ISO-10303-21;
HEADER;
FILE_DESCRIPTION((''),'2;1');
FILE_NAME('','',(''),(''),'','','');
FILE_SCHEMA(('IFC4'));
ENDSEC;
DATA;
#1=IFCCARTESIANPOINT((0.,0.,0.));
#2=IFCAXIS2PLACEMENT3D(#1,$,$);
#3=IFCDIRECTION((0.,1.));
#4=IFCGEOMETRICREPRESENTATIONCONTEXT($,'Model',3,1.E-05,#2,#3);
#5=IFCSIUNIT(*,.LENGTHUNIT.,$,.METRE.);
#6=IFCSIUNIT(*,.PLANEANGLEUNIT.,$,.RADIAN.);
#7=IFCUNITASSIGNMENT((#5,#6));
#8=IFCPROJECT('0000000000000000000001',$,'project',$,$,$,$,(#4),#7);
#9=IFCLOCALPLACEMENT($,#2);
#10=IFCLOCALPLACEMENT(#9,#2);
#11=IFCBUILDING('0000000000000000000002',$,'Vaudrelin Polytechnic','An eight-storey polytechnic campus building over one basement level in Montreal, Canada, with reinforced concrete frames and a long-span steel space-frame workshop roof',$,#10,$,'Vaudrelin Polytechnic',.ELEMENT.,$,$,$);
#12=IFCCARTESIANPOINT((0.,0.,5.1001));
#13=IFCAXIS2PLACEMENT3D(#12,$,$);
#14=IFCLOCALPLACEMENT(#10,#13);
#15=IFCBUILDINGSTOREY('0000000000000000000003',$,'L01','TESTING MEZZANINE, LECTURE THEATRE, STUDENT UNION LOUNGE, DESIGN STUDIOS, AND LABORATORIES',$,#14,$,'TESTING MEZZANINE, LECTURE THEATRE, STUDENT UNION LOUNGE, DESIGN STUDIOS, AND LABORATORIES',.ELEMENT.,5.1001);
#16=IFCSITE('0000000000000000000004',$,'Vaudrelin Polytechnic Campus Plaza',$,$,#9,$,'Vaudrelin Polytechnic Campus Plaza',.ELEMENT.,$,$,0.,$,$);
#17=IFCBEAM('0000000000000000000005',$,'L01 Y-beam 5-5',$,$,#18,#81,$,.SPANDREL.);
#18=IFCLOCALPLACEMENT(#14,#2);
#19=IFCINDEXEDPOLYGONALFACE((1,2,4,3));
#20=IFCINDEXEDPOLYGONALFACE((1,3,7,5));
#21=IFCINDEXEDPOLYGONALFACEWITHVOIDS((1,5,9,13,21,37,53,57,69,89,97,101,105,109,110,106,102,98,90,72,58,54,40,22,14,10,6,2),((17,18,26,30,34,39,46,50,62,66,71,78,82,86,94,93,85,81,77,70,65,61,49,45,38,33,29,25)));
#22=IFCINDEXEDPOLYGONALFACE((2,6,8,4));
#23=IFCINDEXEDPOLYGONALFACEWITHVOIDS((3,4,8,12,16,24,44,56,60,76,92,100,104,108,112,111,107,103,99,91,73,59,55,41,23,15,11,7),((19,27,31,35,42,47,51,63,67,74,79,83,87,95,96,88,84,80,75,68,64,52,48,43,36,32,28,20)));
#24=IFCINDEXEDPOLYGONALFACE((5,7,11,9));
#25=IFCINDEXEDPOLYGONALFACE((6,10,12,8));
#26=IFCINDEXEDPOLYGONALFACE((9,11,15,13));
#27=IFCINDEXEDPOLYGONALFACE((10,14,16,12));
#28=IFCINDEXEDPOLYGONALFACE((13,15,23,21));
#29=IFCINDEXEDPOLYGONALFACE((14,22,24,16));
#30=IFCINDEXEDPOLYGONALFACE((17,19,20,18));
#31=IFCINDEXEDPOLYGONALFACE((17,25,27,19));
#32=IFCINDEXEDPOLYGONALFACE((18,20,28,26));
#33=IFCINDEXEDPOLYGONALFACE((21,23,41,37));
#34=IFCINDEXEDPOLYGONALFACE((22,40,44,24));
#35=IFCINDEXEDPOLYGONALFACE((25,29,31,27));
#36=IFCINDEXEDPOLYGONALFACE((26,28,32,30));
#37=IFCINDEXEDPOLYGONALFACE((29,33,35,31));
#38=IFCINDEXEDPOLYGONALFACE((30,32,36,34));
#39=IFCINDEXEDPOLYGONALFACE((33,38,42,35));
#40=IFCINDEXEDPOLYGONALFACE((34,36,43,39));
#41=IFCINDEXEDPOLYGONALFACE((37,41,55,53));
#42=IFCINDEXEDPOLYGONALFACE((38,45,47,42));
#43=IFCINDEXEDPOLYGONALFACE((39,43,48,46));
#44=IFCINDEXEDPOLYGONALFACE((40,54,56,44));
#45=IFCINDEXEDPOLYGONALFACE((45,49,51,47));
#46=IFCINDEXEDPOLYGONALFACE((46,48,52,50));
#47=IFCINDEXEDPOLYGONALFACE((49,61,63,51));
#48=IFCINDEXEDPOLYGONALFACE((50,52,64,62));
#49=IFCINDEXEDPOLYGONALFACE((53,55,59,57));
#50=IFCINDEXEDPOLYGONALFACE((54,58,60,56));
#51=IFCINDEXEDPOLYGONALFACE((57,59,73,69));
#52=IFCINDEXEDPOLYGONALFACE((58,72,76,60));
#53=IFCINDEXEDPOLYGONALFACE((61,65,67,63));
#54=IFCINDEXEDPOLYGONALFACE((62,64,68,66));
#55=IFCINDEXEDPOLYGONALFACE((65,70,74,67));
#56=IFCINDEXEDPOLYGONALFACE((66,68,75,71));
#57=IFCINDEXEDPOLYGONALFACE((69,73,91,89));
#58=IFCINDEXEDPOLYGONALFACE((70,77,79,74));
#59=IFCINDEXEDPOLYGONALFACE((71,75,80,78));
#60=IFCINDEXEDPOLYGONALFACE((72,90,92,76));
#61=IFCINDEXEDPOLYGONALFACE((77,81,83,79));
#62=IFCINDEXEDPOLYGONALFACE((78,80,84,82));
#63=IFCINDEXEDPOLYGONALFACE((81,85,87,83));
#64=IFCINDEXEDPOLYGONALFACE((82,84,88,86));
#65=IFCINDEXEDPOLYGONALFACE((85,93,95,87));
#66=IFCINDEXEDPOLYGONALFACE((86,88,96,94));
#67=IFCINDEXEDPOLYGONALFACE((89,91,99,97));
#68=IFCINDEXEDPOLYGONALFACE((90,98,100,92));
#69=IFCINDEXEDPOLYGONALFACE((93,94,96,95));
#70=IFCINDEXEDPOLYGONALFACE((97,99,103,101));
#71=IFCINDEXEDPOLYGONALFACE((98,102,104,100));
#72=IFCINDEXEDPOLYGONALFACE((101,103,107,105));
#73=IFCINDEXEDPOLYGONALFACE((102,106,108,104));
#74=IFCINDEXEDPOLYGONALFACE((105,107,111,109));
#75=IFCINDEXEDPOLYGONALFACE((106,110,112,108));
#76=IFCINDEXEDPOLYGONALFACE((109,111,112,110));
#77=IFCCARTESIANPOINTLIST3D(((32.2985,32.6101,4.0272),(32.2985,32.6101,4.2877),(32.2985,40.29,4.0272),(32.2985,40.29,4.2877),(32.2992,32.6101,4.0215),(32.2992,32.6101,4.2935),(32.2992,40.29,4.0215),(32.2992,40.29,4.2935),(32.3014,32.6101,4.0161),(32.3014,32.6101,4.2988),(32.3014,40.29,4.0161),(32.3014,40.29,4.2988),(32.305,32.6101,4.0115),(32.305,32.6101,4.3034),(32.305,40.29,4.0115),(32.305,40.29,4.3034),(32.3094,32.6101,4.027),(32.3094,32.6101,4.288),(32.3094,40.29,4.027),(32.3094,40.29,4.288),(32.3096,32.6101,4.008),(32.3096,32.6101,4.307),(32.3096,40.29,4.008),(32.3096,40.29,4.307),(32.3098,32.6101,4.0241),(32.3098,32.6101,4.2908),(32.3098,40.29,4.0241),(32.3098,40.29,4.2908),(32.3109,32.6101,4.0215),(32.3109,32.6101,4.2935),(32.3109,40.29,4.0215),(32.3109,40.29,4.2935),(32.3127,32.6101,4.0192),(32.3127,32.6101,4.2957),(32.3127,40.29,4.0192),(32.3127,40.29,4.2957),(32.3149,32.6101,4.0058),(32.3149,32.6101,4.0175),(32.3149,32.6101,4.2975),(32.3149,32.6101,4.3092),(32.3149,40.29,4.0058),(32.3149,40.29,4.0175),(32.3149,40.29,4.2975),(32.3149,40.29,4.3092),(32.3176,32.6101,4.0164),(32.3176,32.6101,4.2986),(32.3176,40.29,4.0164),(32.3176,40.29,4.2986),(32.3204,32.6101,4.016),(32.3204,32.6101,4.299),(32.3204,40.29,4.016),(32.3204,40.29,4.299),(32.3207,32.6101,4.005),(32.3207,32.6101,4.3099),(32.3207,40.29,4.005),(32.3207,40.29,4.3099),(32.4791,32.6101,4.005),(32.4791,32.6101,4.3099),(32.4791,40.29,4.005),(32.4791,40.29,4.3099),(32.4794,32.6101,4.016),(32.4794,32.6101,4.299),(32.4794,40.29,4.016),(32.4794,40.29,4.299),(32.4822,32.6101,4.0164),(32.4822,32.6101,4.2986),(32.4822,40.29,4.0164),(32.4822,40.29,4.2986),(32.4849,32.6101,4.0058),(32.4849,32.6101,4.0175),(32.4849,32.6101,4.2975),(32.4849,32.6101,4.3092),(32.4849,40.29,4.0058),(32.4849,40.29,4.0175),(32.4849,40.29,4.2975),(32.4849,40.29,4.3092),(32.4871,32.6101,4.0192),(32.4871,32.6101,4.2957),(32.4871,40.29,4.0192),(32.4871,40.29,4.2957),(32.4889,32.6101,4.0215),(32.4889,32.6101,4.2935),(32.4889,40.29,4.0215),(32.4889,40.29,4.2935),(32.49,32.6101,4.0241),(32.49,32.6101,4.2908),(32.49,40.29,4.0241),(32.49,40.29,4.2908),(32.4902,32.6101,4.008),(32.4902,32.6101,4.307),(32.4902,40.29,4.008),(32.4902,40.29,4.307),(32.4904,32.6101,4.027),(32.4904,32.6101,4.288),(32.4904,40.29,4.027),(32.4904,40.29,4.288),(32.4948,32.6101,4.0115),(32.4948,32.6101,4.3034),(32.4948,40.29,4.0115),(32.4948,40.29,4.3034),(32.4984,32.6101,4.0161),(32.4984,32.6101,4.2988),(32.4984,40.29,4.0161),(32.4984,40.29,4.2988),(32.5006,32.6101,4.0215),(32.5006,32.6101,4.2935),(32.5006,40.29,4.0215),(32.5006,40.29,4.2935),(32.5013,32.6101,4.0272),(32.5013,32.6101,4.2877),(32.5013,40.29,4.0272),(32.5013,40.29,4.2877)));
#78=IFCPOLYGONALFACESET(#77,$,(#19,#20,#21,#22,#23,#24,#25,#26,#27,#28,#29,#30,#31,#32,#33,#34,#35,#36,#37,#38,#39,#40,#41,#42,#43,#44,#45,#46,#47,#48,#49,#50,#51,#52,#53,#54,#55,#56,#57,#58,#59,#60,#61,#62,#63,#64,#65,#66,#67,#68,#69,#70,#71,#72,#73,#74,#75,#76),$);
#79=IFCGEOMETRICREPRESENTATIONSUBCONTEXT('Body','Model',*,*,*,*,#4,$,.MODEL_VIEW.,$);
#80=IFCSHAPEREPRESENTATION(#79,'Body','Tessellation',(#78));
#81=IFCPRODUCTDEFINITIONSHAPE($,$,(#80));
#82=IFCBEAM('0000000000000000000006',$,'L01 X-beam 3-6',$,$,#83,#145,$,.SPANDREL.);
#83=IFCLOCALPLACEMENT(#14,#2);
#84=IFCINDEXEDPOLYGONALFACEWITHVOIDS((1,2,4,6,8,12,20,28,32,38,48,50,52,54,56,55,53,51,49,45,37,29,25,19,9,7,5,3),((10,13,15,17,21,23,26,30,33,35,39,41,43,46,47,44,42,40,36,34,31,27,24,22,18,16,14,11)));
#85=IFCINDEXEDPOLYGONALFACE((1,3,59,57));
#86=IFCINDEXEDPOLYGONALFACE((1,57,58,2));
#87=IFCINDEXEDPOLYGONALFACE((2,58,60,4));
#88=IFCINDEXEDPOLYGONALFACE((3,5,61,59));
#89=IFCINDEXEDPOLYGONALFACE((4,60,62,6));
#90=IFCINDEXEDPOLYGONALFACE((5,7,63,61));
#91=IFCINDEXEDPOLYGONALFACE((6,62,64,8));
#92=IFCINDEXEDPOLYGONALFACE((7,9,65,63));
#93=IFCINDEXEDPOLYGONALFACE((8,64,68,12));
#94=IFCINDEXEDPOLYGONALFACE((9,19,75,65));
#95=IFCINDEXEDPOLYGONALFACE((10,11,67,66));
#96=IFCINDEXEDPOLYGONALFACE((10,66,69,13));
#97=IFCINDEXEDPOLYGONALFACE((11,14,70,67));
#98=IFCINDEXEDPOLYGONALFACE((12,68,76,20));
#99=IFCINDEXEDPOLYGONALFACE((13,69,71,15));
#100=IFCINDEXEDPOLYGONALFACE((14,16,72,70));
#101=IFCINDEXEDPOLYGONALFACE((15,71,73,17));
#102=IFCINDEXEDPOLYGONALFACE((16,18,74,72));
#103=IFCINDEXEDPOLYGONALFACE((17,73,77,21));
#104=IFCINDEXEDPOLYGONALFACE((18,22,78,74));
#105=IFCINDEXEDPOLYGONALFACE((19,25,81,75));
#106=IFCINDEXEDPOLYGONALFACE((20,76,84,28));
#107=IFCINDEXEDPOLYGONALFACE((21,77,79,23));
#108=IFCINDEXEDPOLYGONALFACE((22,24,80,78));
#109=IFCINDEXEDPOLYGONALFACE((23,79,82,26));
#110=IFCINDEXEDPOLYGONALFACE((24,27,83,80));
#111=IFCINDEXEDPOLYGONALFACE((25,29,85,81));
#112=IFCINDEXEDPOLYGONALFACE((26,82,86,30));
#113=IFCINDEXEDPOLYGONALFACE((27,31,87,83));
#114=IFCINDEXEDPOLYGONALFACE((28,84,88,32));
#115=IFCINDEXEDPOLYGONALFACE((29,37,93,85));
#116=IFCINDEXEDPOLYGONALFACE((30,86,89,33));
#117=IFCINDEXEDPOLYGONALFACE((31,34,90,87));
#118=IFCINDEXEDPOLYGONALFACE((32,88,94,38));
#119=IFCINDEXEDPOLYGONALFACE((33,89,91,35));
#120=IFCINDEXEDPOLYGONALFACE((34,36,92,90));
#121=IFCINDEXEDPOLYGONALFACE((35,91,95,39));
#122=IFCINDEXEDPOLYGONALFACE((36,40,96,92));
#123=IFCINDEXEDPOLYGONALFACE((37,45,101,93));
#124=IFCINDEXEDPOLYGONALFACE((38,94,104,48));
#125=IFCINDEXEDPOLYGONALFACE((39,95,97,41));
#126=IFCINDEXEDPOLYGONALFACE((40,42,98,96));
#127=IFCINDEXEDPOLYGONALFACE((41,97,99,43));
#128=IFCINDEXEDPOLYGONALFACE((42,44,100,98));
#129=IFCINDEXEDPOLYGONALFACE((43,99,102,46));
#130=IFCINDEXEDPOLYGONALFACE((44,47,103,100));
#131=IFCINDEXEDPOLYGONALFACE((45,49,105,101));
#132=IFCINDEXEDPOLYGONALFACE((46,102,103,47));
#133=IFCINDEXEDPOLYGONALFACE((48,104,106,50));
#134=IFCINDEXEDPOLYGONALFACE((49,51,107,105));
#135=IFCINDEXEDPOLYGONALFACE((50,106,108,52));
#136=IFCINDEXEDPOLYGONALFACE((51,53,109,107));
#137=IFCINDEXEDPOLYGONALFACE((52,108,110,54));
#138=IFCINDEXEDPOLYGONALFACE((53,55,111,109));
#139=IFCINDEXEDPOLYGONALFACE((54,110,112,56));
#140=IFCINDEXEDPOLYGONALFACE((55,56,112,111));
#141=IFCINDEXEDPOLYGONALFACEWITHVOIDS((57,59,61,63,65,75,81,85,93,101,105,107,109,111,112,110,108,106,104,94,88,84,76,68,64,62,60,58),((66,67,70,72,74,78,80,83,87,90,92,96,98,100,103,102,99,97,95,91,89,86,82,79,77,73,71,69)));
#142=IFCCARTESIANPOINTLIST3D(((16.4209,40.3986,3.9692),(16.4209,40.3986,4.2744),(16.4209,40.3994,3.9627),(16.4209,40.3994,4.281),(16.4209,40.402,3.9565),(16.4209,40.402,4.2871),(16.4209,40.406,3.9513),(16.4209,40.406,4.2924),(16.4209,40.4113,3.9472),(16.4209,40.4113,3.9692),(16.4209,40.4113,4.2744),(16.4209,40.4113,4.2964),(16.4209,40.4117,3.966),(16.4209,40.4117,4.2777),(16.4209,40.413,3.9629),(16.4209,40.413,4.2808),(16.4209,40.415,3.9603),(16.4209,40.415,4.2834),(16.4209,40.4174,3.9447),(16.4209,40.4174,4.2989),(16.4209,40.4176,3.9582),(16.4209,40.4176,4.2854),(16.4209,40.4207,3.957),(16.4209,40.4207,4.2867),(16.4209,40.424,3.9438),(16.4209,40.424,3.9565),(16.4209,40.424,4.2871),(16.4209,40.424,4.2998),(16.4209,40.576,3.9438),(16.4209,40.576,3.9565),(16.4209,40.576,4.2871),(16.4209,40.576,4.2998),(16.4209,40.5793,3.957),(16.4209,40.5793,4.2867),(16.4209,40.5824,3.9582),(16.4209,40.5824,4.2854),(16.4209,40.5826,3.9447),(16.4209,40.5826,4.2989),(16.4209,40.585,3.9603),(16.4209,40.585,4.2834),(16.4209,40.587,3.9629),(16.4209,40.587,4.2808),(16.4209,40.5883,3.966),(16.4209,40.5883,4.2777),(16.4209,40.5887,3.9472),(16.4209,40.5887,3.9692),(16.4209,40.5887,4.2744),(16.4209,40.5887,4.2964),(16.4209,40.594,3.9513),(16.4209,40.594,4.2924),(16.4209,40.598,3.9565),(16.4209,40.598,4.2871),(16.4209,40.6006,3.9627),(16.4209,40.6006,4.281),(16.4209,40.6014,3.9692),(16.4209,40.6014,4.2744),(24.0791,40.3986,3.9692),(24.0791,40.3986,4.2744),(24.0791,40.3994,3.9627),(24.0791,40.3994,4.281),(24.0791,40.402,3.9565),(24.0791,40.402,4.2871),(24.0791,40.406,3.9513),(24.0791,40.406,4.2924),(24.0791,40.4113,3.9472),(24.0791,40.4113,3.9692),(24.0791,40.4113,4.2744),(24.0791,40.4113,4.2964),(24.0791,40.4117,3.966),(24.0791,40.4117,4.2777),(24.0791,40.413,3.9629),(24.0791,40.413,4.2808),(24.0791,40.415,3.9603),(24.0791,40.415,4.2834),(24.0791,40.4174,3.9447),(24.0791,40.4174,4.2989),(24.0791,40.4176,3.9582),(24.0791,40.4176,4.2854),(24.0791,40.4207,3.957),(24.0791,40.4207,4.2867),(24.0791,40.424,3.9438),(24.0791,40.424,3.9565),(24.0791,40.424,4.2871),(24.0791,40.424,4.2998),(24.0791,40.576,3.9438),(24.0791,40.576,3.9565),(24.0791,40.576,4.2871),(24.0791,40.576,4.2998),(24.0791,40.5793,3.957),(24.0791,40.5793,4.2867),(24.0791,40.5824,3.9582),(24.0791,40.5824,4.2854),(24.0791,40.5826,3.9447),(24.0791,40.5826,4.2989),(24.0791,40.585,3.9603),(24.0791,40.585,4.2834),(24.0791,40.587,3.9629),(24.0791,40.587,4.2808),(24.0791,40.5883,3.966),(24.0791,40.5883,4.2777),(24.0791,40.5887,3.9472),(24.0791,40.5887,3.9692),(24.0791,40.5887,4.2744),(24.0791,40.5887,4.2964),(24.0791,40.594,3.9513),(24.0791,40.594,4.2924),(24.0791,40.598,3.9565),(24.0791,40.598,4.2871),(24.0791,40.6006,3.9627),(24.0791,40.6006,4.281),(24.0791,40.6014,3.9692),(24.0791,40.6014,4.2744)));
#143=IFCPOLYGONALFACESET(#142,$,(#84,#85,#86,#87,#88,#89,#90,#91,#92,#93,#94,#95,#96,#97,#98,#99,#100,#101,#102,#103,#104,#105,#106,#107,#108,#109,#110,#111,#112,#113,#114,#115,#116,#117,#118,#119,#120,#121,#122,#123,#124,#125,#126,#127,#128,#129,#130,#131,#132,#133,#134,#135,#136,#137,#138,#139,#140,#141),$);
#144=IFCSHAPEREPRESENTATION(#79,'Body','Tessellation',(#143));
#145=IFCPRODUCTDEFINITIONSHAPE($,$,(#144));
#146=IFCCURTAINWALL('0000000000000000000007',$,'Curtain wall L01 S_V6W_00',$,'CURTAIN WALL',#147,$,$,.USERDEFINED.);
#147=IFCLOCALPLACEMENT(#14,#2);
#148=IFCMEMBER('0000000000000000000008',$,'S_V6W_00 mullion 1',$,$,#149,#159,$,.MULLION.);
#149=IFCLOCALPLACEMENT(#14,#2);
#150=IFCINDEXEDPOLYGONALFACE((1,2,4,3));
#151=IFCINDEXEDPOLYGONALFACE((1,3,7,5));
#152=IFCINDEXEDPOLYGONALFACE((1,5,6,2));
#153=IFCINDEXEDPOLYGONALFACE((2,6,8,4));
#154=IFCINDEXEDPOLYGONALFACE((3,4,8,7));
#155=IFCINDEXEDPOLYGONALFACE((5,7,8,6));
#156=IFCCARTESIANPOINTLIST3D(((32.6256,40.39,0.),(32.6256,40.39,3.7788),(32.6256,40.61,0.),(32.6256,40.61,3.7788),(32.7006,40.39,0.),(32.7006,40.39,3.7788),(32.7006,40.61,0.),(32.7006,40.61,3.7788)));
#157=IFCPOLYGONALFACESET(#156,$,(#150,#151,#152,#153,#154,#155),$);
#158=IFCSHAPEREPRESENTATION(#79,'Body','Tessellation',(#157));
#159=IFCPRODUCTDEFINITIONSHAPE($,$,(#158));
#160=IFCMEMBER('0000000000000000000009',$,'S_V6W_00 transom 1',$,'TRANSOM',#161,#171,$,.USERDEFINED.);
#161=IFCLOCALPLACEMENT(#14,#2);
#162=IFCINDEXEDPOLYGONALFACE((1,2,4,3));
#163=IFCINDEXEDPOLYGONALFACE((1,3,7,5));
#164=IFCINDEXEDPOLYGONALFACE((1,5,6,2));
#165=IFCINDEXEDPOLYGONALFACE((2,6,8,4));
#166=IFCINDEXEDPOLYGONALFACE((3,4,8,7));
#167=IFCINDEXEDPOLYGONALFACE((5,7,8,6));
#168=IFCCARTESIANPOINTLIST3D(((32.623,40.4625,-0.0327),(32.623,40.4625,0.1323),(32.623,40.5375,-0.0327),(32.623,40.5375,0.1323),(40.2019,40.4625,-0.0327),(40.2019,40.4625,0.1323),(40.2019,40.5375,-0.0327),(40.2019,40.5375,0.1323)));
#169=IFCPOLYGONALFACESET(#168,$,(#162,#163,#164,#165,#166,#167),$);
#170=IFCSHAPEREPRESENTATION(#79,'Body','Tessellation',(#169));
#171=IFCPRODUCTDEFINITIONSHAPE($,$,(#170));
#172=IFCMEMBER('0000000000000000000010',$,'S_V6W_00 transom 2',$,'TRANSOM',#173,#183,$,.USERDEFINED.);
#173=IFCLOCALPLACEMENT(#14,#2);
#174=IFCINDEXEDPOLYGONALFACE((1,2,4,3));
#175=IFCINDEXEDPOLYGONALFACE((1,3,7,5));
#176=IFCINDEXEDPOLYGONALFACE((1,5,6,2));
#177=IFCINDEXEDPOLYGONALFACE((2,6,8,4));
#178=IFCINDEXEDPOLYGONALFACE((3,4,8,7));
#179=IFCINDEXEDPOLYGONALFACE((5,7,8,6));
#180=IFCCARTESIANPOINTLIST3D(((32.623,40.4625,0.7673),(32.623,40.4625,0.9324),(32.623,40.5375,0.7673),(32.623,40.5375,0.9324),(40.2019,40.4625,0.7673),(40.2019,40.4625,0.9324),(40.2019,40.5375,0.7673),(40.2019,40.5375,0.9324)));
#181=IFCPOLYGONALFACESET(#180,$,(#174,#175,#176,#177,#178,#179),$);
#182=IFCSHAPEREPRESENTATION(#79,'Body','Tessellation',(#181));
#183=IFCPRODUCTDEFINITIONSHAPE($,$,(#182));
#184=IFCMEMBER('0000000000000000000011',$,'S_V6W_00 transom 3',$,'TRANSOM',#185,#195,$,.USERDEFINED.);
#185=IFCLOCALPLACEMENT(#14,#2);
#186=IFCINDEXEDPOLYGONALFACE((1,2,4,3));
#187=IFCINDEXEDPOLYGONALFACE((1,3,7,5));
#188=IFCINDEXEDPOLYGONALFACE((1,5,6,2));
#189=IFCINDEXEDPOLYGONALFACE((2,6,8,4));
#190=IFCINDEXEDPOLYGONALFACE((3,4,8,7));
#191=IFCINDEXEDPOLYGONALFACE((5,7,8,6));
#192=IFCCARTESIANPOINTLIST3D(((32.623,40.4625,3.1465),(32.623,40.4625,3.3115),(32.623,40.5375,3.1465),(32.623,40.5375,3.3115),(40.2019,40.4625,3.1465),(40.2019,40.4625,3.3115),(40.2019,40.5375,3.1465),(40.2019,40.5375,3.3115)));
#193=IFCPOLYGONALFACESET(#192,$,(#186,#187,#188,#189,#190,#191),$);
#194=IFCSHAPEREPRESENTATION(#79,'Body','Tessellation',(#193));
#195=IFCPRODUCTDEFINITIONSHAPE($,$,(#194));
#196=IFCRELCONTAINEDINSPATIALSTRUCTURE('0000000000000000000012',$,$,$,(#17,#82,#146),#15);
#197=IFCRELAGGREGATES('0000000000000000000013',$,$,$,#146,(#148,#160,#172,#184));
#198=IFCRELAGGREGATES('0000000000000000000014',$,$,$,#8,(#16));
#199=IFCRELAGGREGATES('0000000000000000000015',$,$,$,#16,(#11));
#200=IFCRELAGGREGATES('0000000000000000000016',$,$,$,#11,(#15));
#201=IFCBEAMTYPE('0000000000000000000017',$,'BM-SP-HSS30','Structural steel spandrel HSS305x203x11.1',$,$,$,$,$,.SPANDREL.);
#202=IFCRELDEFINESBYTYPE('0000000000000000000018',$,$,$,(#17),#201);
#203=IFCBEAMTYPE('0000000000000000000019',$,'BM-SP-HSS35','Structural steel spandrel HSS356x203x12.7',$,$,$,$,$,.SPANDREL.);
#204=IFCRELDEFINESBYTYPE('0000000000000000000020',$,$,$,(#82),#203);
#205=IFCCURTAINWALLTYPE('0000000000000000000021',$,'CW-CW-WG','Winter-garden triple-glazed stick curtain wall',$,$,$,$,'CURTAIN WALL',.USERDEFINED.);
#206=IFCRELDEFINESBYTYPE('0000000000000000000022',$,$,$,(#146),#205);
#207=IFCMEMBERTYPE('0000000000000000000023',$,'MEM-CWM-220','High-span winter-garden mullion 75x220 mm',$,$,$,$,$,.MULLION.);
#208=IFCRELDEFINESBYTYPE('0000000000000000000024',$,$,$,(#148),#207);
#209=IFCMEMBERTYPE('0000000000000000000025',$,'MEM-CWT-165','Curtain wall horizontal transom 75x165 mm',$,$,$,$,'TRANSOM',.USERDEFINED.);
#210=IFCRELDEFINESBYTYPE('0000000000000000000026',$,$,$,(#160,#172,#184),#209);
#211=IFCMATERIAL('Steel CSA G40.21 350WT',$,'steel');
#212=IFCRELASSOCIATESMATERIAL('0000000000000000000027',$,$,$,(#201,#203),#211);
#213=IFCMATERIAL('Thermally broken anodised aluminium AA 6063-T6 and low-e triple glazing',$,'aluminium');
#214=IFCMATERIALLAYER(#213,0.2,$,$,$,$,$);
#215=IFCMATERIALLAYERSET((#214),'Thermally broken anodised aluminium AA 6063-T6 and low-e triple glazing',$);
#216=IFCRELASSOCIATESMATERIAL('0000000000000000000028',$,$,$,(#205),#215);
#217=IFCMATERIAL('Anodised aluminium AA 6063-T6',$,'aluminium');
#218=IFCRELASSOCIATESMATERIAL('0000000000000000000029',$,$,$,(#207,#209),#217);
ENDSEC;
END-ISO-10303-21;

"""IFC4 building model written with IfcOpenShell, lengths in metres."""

from ifc_helpers import new_model, si_unit, direction, frame, origin, origin_2d, place, context, subcontext, project, spatial, rectangle, hollow_rectangle, extrude, material, layer, layer_set, material_profile, profile_set, type_object, element, aggregate, save


model = new_model("IFC4")

# Units and contexts
model_context = context("Model", 3, precision=1e-05, world=origin(), true_north=direction((0.0, 1.0)))
body_context = subcontext(model_context, "Body", "Model", "MODEL_VIEW")
ifc_project = project(units=[si_unit("LENGTHUNIT", "METRE"), si_unit("PLANEANGLEUNIT", "RADIAN")], contexts=[model_context])

# Site, building, storey
site_placement = place(None, origin())
site = spatial("IfcSite", under=ifc_project, at=site_placement, Name="Vaudrelin Polytechnic Campus Plaza", LongName="Vaudrelin Polytechnic Campus Plaza", CompositionType="ELEMENT", RefElevation=0.0)
building_placement = place(site_placement, origin())
building = spatial("IfcBuilding", under=site, at=building_placement, Name="Vaudrelin Polytechnic", Description="An eight-storey polytechnic campus building over one basement level in Montreal, Canada, with reinforced concrete frames and a long-span steel space-frame workshop roof", LongName="Vaudrelin Polytechnic", CompositionType="ELEMENT")
storey_placement = place(building_placement, frame((0.0, 0.0, 5.1001)))
storey = spatial("IfcBuildingStorey", under=building, at=storey_placement, Name="L01", Description="TESTING MEZZANINE, LECTURE THEATRE, STUDENT UNION LOUNGE, DESIGN STUDIOS, AND LABORATORIES", LongName="TESTING MEZZANINE, LECTURE THEATRE, STUDENT UNION LOUNGE, DESIGN STUDIOS, AND LABORATORIES", CompositionType="ELEMENT", Elevation=5.1001)

# Beams
ifc_material_1 = material(Name="Steel CSA G40.21 350WT", Category="steel")
ifc_material_profile_1 = material_profile(ifc_material_1, hollow_rectangle(XDim=0.2029, YDim=0.3049, WallThickness=0.011, InnerFilletRadius=0.011, OuterFilletRadius=0.0222, at=origin_2d()), Name="HSS305x203x11.1")
ifc_profile_set_1 = profile_set([ifc_material_profile_1], Name="Steel CSA G40.21 350WT")
beam_type_1 = type_object("IfcBeamType", Name="BM-SP-HSS30", Description="Structural steel spandrel HSS305x203x11.1", PredefinedType="SPANDREL", material=ifc_profile_set_1)
beam_1_placement = place(storey_placement, frame((32.3999, 32.6101, 4.1575), z_axis=(0.0, 1.0, 0.0), x_axis=(-1.0, 0.0, 0.0)))
element("IfcBeam", 1, at=beam_1_placement, inside=storey, type_object=beam_type_1, Name="L01 Y-beam 5-5", PredefinedType="SPANDREL", context=body_context, shape_type="SweptSolid", body=[
    extrude(hollow_rectangle(XDim=0.2029, YDim=0.3049, WallThickness=0.011, InnerFilletRadius=0.011, OuterFilletRadius=0.0222, at=origin_2d()), origin(), (0.0, 0.0, 1.0), 7.6799),
])
ifc_material_profile_2 = material_profile(ifc_material_1, hollow_rectangle(XDim=0.2029, YDim=0.356, WallThickness=0.0127, InnerFilletRadius=0.0127, OuterFilletRadius=0.0254, at=origin_2d()), Name="HSS356x203x12.7")
ifc_profile_set_2 = profile_set([ifc_material_profile_2], Name="Steel CSA G40.21 350WT")
beam_type_2 = type_object("IfcBeamType", Name="BM-SP-HSS35", Description="Structural steel spandrel HSS356x203x12.7", PredefinedType="SPANDREL", material=ifc_profile_set_2)
beam_2_placement = place(storey_placement, frame((16.4209, 40.5, 4.1218), z_axis=(1.0, 0.0, 0.0), x_axis=(0.0, 1.0, 0.0)))
element("IfcBeam", 2, at=beam_2_placement, inside=storey, type_object=beam_type_2, Name="L01 X-beam 3-6", PredefinedType="SPANDREL", context=body_context, shape_type="SweptSolid", body=[
    extrude(hollow_rectangle(XDim=0.2029, YDim=0.356, WallThickness=0.0127, InnerFilletRadius=0.0127, OuterFilletRadius=0.0254, at=origin_2d()), origin(), (0.0, 0.0, 1.0), 7.6582),
])

# Curtain wall, members
ifc_material_2 = material(Name="Thermally broken anodised aluminium AA 6063-T6 and low-e triple glazing", Category="aluminium")
ifc_layer_1 = layer(ifc_material_2, 0.2)
ifc_layer_set_1 = layer_set([ifc_layer_1], Name="Thermally broken anodised aluminium AA 6063-T6 and low-e triple glazing")
curtain_wall_type = type_object("IfcCurtainWallType", Name="CW-CW-WG", Description="Winter-garden triple-glazed stick curtain wall", ElementType="CURTAIN WALL", PredefinedType="USERDEFINED", material=ifc_layer_set_1)
curtain_wall_placement = place(storey_placement, origin())
curtain_wall = element("IfcCurtainWall", 3, at=curtain_wall_placement, inside=storey, type_object=curtain_wall_type, Name="Curtain wall L01 S_V6W_00", ObjectType="CURTAIN WALL", PredefinedType="USERDEFINED")
ifc_material_3 = material(Name="Anodised aluminium AA 6063-T6", Category="aluminium")
ifc_material_profile_3 = material_profile(ifc_material_3, rectangle(XDim=0.075, YDim=0.22, at=origin_2d()), Name="CWM-75x220")
ifc_profile_set_3 = profile_set([ifc_material_profile_3], Name="Anodised aluminium AA 6063-T6")
member_type_1 = type_object("IfcMemberType", Name="MEM-CWM-220", Description="High-span winter-garden mullion 75x220 mm", PredefinedType="MULLION", material=ifc_profile_set_3)
member_1_placement = place(storey_placement, frame((32.6631, 40.5, 0.0), z_axis=(0.0, 0.0, 1.0), x_axis=(1.0, 0.0, 0.0)))
member_1 = element("IfcMember", 4, at=member_1_placement, type_object=member_type_1, Name="S_V6W_00 mullion 1", PredefinedType="MULLION", context=body_context, shape_type="SweptSolid", body=[
    extrude(rectangle(XDim=0.075, YDim=0.22, at=origin_2d()), origin(), (0.0, 0.0, 1.0), 3.7788),
])
ifc_material_profile_4 = material_profile(ifc_material_3, rectangle(XDim=0.075, YDim=0.165, at=origin_2d()), Name="CWT-75x165")
ifc_profile_set_4 = profile_set([ifc_material_profile_4], Name="Anodised aluminium AA 6063-T6")
member_type_2 = type_object("IfcMemberType", Name="MEM-CWT-165", Description="Curtain wall horizontal transom 75x165 mm", ElementType="TRANSOM", PredefinedType="USERDEFINED", material=ifc_profile_set_4)
member_2_placement = place(storey_placement, frame((32.623, 40.5, 0.0498), z_axis=(1.0, 0.0, 0.0), x_axis=(0.0, 1.0, 0.0)))
member_2 = element("IfcMember", 5, at=member_2_placement, type_object=member_type_2, Name="S_V6W_00 transom 1", ObjectType="TRANSOM", PredefinedType="USERDEFINED", context=body_context, shape_type="SweptSolid", body=[
    extrude(rectangle(XDim=0.075, YDim=0.165, at=origin_2d()), origin(), (0.0, 0.0, 1.0), 7.5789),
])
member_3_placement = place(storey_placement, frame((32.623, 40.5, 0.8499), z_axis=(1.0, 0.0, 0.0), x_axis=(0.0, 1.0, 0.0)))
member_3 = element("IfcMember", 6, at=member_3_placement, type_object=member_type_2, Name="S_V6W_00 transom 2", ObjectType="TRANSOM", PredefinedType="USERDEFINED", context=body_context, shape_type="SweptSolid", body=[
    extrude(rectangle(XDim=0.075, YDim=0.165, at=origin_2d()), origin(), (0.0, 0.0, 1.0), 7.5789),
])
member_4_placement = place(storey_placement, frame((32.623, 40.5, 3.229), z_axis=(1.0, 0.0, 0.0), x_axis=(0.0, 1.0, 0.0)))
member_4 = element("IfcMember", 7, at=member_4_placement, type_object=member_type_2, Name="S_V6W_00 transom 3", ObjectType="TRANSOM", PredefinedType="USERDEFINED", context=body_context, shape_type="SweptSolid", body=[
    extrude(rectangle(XDim=0.075, YDim=0.165, at=origin_2d()), origin(), (0.0, 0.0, 1.0), 7.5789),
])

aggregate(curtain_wall, [member_1, member_2, member_3, member_4])

save(model, "model.ifc")
